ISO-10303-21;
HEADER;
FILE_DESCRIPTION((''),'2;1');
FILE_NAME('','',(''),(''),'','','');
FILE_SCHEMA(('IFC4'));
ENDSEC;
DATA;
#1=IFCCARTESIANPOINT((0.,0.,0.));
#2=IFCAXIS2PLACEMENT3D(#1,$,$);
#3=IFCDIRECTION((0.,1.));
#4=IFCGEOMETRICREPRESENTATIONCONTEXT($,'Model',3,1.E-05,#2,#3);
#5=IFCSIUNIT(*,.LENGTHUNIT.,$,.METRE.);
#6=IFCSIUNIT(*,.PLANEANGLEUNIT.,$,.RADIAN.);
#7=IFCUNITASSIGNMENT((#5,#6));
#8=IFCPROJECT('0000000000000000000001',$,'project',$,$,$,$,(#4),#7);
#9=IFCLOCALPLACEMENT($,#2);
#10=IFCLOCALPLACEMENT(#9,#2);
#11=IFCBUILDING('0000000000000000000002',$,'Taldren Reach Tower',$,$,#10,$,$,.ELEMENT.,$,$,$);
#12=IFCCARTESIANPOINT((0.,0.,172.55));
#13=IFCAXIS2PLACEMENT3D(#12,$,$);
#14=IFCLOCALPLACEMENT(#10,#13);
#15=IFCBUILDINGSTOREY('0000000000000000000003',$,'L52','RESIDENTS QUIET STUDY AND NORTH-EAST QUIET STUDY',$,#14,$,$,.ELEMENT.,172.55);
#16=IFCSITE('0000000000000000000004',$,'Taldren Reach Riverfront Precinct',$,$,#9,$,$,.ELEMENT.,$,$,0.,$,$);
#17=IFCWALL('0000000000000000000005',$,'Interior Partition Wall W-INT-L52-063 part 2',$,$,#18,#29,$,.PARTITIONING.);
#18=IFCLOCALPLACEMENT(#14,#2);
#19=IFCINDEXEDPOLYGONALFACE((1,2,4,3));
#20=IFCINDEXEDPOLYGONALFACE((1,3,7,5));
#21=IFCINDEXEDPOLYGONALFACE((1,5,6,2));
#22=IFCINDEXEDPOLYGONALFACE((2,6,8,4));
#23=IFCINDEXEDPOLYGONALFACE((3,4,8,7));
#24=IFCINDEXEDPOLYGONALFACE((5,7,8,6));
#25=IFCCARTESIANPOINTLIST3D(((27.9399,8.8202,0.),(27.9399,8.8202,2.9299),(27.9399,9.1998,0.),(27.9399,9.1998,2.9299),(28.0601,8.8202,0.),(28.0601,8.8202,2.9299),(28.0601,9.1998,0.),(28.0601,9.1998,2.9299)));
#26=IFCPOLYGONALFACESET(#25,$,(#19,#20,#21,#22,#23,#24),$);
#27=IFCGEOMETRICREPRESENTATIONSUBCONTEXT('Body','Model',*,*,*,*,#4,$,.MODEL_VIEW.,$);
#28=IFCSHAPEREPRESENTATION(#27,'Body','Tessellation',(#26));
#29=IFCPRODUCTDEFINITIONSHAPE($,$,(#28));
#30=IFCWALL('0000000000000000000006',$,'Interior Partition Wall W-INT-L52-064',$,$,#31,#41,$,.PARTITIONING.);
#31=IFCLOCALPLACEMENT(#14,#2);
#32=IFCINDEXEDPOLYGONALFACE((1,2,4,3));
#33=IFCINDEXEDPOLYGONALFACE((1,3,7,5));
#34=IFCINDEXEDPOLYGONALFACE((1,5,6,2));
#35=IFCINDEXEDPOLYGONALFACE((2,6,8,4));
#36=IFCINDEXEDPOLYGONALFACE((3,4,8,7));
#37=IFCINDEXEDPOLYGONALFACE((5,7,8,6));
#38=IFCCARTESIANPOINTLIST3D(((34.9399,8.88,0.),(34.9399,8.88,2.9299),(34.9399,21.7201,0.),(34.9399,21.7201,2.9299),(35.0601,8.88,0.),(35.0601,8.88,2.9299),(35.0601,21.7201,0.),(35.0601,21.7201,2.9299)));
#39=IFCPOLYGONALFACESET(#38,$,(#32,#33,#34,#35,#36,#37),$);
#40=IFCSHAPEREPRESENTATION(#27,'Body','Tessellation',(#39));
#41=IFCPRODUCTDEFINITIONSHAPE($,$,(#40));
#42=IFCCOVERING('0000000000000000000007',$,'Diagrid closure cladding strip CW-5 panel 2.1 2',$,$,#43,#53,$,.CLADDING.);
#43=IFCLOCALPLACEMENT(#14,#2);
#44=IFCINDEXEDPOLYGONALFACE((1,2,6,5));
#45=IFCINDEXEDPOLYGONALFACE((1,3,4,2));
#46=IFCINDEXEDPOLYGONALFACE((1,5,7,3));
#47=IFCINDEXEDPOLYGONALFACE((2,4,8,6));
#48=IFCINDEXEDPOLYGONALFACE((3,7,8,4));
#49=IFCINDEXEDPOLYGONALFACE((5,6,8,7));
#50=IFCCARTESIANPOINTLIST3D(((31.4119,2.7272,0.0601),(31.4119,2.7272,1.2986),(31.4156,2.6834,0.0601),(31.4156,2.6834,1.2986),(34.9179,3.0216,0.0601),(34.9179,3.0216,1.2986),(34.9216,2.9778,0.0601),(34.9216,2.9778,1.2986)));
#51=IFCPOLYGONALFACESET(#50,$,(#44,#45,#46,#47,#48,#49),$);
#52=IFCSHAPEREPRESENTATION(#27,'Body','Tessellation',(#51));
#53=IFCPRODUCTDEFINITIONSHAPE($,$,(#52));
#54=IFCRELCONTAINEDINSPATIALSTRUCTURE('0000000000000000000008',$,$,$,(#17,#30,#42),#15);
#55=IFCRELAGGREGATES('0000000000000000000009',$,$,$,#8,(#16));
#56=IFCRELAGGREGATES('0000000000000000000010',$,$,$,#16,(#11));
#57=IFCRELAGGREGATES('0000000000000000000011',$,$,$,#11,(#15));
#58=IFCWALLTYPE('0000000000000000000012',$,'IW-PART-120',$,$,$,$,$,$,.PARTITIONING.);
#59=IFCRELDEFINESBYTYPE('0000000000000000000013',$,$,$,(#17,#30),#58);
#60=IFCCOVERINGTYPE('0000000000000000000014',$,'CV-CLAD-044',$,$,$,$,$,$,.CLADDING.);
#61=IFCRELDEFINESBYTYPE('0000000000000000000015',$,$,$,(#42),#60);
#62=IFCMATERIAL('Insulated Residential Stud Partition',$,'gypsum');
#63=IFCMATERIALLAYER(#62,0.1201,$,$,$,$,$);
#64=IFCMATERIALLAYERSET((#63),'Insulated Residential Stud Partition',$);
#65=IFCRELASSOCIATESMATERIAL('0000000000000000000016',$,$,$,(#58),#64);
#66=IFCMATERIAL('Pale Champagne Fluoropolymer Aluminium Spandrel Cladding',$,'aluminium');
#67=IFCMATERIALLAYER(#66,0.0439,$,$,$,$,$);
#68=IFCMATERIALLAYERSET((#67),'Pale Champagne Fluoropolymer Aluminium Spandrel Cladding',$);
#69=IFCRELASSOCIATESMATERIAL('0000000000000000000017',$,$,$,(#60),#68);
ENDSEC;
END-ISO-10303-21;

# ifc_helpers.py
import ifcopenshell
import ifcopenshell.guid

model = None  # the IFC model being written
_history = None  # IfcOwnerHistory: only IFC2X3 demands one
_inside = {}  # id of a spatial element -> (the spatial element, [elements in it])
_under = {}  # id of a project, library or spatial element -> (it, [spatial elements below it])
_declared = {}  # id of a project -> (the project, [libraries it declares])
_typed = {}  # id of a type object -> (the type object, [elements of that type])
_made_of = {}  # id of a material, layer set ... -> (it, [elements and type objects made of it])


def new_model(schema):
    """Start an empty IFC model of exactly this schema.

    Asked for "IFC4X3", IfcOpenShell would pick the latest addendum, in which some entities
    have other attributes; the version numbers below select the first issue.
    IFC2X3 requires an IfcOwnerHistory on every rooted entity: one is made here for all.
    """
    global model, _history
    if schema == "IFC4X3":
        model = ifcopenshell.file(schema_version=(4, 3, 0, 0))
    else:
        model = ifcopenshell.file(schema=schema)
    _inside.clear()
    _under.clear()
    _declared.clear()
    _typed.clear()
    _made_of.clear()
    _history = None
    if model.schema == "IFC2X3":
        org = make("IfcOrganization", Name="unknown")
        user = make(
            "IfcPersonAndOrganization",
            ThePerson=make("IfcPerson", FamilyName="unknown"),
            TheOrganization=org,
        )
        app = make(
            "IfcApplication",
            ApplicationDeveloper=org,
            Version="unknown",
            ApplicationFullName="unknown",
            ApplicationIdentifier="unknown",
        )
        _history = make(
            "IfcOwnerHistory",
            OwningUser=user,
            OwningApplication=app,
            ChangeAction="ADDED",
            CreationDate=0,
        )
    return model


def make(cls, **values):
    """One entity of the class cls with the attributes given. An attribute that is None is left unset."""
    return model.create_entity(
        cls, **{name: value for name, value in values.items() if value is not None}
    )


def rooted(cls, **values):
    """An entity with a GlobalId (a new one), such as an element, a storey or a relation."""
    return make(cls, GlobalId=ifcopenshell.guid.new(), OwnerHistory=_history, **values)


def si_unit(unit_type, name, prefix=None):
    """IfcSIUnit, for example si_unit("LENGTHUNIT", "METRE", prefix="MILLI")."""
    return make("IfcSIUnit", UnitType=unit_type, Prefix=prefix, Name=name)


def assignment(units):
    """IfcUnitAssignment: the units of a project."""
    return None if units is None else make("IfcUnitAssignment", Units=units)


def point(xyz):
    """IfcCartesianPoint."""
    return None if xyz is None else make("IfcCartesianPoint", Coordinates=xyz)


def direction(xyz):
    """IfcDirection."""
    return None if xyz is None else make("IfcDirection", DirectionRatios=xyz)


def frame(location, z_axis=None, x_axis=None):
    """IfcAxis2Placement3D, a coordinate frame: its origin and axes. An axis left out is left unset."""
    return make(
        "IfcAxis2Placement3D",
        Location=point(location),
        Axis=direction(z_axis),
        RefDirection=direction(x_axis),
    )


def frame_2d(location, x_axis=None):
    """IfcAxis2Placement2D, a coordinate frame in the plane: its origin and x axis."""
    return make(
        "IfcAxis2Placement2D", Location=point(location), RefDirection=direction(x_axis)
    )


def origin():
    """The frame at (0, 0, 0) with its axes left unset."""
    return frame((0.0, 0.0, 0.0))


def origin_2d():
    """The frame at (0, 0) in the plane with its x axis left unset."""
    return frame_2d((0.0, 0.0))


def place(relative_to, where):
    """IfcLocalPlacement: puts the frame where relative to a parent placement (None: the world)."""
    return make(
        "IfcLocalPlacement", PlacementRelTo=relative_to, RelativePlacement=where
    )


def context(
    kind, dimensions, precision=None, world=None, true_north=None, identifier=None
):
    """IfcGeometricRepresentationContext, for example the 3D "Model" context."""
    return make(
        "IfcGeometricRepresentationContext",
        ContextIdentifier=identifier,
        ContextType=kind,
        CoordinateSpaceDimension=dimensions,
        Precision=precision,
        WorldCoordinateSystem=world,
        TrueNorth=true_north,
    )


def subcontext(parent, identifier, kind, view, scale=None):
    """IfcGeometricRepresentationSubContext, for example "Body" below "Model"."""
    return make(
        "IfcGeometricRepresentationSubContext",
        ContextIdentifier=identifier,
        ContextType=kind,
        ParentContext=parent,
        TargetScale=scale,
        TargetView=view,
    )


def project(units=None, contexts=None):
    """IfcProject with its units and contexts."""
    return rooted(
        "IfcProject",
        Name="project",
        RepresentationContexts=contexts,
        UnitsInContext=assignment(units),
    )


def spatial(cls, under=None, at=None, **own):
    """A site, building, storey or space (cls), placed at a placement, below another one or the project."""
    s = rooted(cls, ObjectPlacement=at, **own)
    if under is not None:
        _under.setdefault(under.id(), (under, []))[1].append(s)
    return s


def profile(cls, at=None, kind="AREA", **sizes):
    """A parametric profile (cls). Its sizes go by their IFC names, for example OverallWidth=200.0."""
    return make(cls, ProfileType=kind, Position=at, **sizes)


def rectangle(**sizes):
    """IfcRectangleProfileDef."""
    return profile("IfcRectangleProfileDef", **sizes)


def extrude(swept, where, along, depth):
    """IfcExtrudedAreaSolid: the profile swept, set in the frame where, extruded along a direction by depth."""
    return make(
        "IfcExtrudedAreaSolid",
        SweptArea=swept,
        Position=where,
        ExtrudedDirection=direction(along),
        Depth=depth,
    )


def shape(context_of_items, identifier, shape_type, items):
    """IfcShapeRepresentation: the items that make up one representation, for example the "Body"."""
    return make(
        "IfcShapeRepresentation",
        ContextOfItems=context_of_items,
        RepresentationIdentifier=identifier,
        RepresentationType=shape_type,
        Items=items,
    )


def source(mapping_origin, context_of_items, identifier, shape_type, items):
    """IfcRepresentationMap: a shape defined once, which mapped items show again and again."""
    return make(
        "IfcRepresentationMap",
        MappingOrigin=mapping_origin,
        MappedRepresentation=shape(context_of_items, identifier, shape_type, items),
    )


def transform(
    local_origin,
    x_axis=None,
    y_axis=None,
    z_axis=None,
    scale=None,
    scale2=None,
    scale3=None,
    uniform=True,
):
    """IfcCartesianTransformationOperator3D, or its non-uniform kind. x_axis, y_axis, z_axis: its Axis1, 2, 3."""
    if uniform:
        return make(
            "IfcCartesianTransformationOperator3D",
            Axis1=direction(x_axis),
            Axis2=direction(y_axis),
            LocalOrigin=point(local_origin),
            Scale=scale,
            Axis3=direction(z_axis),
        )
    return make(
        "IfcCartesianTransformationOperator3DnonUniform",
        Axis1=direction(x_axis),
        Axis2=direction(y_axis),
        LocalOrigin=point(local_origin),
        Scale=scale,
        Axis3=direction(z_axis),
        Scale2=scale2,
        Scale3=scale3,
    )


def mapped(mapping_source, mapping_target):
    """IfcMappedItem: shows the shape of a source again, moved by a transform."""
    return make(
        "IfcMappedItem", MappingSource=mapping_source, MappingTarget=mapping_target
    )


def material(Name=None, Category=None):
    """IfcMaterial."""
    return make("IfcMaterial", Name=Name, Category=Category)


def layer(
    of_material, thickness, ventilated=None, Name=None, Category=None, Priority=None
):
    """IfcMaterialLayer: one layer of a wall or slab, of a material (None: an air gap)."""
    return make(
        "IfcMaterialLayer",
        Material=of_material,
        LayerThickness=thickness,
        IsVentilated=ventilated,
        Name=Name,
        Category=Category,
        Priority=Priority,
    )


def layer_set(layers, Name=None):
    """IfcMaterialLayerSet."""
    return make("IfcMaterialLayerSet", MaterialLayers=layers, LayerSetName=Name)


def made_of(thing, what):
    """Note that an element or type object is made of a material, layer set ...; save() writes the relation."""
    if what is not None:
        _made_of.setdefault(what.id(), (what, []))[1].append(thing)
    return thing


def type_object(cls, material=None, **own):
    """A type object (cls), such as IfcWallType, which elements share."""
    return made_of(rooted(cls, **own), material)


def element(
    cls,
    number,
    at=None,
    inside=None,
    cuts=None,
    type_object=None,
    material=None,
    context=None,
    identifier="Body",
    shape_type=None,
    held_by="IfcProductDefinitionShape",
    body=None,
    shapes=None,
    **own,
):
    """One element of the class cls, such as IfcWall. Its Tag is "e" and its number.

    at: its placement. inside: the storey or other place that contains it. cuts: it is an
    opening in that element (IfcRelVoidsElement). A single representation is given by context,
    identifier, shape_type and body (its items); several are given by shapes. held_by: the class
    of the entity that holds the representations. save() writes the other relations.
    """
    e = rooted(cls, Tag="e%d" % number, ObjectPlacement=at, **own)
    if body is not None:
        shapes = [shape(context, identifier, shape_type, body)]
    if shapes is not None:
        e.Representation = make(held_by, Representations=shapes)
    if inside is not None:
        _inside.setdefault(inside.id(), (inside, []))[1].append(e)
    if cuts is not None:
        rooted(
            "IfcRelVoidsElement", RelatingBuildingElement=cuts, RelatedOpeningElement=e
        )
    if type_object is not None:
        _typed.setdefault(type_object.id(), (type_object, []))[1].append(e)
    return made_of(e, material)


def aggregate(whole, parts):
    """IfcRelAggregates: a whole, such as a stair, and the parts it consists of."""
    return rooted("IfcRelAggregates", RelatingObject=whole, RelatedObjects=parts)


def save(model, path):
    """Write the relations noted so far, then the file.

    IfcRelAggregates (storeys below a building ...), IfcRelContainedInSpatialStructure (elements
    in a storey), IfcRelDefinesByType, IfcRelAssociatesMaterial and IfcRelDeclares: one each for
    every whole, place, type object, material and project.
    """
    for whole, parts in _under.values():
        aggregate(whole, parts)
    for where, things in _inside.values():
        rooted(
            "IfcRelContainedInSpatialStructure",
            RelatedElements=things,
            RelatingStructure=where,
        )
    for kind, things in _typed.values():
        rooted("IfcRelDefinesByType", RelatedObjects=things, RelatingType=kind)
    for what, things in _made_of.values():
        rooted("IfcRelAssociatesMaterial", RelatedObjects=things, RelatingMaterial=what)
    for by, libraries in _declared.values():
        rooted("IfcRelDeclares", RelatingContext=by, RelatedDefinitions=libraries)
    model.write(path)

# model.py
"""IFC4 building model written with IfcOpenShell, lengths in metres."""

from ifc_helpers import new_model, si_unit, direction, frame, frame_2d, origin, origin_2d, place, context, subcontext, project, spatial, rectangle, extrude, source, transform, mapped, material, layer, layer_set, type_object, element, save


model = new_model("IFC4")

# Units and contexts
model_context = context("Model", 3, precision=1e-05, world=origin(), true_north=direction((0.0, 1.0)))
body_context = subcontext(model_context, "Body", "Model", "MODEL_VIEW")
ifc_project = project(units=[si_unit("LENGTHUNIT", "METRE"), si_unit("PLANEANGLEUNIT", "RADIAN")], contexts=[model_context])

# Site, building, storey
site_placement = place(None, origin())
site = spatial("IfcSite", under=ifc_project, at=site_placement, Name="Taldren Reach Riverfront Precinct", CompositionType="ELEMENT", RefElevation=0.0)
building_placement = place(site_placement, origin())
building = spatial("IfcBuilding", under=site, at=building_placement, Name="Taldren Reach Tower", CompositionType="ELEMENT")
storey_placement = place(building_placement, frame((0.0, 0.0, 172.55)))
storey = spatial("IfcBuildingStorey", under=building, at=storey_placement, Name="L52", Description="RESIDENTS QUIET STUDY AND NORTH-EAST QUIET STUDY", CompositionType="ELEMENT", Elevation=172.55)

# Shared definitions
ifc_material_1 = material(Name="Insulated Residential Stud Partition", Category="gypsum")
ifc_layer_1 = layer(ifc_material_1, 0.1201)
ifc_layer_set_1 = layer_set([ifc_layer_1], Name="Insulated Residential Stud Partition")
wall_type_1 = type_object("IfcWallType", Name="IW-PART-120", PredefinedType="PARTITIONING", material=ifc_layer_set_1)

# Walls
shared_shape_1 = source(origin(), body_context, "Body", "SweptSolid", [
    extrude(rectangle(XDim=0.3796, YDim=0.1201, at=frame_2d((0.1899, 0.0))), origin(), (0.0, 0.0, 1.0), 2.9299),
])
wall_1_placement = place(storey_placement, frame((28.0, 9.2, 0.0), z_axis=(0.0, 0.0, 1.0), x_axis=(0.0, -1.0, 0.0)))
element("IfcWall", 1, at=wall_1_placement, inside=storey, type_object=wall_type_1, Name="Interior Partition Wall W-INT-L52-063 part 2", PredefinedType="PARTITIONING", context=body_context, shape_type="MappedRepresentation", body=[
    mapped(shared_shape_1, transform((0.0, 0.0, 0.0), scale=1.0)),
])
shared_shape_2 = source(origin(), body_context, "Body", "SweptSolid", [
    extrude(rectangle(XDim=12.8401, YDim=0.1201, at=frame_2d((6.4199, 0.0))), origin(), (0.0, 0.0, 1.0), 2.9299),
])
wall_2_placement = place(storey_placement, frame((35.0, 21.72, 0.0), z_axis=(0.0, 0.0, 1.0), x_axis=(0.0, -1.0, 0.0)))
element("IfcWall", 2, at=wall_2_placement, inside=storey, type_object=wall_type_1, Name="Interior Partition Wall W-INT-L52-064", PredefinedType="PARTITIONING", context=body_context, shape_type="MappedRepresentation", body=[
    mapped(shared_shape_2, transform((0.0, 0.0, 0.0), scale=1.0)),
])

# Covering
ifc_material_2 = material(Name="Pale Champagne Fluoropolymer Aluminium Spandrel Cladding", Category="aluminium")
ifc_layer_2 = layer(ifc_material_2, 0.0439)
ifc_layer_set_2 = layer_set([ifc_layer_2], Name="Pale Champagne Fluoropolymer Aluminium Spandrel Cladding")
covering_type = type_object("IfcCoveringType", Name="CV-CLAD-044", PredefinedType="CLADDING", material=ifc_layer_set_2)
shared_shape_3 = source(origin(), body_context, "Body", "SweptSolid", [
    extrude(rectangle(XDim=3.5183, YDim=0.0439, at=origin_2d()), origin(), (0.0, 0.0, 1.0), 1.2385),
])
covering_placement = place(storey_placement, frame((33.1667, 2.8525, 0.0601), z_axis=(0.0, 0.0, 1.0), x_axis=(0.996493, 0.083678, 0.0)))
element("IfcCovering", 3, at=covering_placement, inside=storey, type_object=covering_type, Name="Diagrid closure cladding strip CW-5 panel 2.1 2", PredefinedType="CLADDING", context=body_context, shape_type="MappedRepresentation", body=[
    mapped(shared_shape_3, transform((0.0, 0.0, 0.0), scale=1.0)),
])

save(model, "model.ifc")
